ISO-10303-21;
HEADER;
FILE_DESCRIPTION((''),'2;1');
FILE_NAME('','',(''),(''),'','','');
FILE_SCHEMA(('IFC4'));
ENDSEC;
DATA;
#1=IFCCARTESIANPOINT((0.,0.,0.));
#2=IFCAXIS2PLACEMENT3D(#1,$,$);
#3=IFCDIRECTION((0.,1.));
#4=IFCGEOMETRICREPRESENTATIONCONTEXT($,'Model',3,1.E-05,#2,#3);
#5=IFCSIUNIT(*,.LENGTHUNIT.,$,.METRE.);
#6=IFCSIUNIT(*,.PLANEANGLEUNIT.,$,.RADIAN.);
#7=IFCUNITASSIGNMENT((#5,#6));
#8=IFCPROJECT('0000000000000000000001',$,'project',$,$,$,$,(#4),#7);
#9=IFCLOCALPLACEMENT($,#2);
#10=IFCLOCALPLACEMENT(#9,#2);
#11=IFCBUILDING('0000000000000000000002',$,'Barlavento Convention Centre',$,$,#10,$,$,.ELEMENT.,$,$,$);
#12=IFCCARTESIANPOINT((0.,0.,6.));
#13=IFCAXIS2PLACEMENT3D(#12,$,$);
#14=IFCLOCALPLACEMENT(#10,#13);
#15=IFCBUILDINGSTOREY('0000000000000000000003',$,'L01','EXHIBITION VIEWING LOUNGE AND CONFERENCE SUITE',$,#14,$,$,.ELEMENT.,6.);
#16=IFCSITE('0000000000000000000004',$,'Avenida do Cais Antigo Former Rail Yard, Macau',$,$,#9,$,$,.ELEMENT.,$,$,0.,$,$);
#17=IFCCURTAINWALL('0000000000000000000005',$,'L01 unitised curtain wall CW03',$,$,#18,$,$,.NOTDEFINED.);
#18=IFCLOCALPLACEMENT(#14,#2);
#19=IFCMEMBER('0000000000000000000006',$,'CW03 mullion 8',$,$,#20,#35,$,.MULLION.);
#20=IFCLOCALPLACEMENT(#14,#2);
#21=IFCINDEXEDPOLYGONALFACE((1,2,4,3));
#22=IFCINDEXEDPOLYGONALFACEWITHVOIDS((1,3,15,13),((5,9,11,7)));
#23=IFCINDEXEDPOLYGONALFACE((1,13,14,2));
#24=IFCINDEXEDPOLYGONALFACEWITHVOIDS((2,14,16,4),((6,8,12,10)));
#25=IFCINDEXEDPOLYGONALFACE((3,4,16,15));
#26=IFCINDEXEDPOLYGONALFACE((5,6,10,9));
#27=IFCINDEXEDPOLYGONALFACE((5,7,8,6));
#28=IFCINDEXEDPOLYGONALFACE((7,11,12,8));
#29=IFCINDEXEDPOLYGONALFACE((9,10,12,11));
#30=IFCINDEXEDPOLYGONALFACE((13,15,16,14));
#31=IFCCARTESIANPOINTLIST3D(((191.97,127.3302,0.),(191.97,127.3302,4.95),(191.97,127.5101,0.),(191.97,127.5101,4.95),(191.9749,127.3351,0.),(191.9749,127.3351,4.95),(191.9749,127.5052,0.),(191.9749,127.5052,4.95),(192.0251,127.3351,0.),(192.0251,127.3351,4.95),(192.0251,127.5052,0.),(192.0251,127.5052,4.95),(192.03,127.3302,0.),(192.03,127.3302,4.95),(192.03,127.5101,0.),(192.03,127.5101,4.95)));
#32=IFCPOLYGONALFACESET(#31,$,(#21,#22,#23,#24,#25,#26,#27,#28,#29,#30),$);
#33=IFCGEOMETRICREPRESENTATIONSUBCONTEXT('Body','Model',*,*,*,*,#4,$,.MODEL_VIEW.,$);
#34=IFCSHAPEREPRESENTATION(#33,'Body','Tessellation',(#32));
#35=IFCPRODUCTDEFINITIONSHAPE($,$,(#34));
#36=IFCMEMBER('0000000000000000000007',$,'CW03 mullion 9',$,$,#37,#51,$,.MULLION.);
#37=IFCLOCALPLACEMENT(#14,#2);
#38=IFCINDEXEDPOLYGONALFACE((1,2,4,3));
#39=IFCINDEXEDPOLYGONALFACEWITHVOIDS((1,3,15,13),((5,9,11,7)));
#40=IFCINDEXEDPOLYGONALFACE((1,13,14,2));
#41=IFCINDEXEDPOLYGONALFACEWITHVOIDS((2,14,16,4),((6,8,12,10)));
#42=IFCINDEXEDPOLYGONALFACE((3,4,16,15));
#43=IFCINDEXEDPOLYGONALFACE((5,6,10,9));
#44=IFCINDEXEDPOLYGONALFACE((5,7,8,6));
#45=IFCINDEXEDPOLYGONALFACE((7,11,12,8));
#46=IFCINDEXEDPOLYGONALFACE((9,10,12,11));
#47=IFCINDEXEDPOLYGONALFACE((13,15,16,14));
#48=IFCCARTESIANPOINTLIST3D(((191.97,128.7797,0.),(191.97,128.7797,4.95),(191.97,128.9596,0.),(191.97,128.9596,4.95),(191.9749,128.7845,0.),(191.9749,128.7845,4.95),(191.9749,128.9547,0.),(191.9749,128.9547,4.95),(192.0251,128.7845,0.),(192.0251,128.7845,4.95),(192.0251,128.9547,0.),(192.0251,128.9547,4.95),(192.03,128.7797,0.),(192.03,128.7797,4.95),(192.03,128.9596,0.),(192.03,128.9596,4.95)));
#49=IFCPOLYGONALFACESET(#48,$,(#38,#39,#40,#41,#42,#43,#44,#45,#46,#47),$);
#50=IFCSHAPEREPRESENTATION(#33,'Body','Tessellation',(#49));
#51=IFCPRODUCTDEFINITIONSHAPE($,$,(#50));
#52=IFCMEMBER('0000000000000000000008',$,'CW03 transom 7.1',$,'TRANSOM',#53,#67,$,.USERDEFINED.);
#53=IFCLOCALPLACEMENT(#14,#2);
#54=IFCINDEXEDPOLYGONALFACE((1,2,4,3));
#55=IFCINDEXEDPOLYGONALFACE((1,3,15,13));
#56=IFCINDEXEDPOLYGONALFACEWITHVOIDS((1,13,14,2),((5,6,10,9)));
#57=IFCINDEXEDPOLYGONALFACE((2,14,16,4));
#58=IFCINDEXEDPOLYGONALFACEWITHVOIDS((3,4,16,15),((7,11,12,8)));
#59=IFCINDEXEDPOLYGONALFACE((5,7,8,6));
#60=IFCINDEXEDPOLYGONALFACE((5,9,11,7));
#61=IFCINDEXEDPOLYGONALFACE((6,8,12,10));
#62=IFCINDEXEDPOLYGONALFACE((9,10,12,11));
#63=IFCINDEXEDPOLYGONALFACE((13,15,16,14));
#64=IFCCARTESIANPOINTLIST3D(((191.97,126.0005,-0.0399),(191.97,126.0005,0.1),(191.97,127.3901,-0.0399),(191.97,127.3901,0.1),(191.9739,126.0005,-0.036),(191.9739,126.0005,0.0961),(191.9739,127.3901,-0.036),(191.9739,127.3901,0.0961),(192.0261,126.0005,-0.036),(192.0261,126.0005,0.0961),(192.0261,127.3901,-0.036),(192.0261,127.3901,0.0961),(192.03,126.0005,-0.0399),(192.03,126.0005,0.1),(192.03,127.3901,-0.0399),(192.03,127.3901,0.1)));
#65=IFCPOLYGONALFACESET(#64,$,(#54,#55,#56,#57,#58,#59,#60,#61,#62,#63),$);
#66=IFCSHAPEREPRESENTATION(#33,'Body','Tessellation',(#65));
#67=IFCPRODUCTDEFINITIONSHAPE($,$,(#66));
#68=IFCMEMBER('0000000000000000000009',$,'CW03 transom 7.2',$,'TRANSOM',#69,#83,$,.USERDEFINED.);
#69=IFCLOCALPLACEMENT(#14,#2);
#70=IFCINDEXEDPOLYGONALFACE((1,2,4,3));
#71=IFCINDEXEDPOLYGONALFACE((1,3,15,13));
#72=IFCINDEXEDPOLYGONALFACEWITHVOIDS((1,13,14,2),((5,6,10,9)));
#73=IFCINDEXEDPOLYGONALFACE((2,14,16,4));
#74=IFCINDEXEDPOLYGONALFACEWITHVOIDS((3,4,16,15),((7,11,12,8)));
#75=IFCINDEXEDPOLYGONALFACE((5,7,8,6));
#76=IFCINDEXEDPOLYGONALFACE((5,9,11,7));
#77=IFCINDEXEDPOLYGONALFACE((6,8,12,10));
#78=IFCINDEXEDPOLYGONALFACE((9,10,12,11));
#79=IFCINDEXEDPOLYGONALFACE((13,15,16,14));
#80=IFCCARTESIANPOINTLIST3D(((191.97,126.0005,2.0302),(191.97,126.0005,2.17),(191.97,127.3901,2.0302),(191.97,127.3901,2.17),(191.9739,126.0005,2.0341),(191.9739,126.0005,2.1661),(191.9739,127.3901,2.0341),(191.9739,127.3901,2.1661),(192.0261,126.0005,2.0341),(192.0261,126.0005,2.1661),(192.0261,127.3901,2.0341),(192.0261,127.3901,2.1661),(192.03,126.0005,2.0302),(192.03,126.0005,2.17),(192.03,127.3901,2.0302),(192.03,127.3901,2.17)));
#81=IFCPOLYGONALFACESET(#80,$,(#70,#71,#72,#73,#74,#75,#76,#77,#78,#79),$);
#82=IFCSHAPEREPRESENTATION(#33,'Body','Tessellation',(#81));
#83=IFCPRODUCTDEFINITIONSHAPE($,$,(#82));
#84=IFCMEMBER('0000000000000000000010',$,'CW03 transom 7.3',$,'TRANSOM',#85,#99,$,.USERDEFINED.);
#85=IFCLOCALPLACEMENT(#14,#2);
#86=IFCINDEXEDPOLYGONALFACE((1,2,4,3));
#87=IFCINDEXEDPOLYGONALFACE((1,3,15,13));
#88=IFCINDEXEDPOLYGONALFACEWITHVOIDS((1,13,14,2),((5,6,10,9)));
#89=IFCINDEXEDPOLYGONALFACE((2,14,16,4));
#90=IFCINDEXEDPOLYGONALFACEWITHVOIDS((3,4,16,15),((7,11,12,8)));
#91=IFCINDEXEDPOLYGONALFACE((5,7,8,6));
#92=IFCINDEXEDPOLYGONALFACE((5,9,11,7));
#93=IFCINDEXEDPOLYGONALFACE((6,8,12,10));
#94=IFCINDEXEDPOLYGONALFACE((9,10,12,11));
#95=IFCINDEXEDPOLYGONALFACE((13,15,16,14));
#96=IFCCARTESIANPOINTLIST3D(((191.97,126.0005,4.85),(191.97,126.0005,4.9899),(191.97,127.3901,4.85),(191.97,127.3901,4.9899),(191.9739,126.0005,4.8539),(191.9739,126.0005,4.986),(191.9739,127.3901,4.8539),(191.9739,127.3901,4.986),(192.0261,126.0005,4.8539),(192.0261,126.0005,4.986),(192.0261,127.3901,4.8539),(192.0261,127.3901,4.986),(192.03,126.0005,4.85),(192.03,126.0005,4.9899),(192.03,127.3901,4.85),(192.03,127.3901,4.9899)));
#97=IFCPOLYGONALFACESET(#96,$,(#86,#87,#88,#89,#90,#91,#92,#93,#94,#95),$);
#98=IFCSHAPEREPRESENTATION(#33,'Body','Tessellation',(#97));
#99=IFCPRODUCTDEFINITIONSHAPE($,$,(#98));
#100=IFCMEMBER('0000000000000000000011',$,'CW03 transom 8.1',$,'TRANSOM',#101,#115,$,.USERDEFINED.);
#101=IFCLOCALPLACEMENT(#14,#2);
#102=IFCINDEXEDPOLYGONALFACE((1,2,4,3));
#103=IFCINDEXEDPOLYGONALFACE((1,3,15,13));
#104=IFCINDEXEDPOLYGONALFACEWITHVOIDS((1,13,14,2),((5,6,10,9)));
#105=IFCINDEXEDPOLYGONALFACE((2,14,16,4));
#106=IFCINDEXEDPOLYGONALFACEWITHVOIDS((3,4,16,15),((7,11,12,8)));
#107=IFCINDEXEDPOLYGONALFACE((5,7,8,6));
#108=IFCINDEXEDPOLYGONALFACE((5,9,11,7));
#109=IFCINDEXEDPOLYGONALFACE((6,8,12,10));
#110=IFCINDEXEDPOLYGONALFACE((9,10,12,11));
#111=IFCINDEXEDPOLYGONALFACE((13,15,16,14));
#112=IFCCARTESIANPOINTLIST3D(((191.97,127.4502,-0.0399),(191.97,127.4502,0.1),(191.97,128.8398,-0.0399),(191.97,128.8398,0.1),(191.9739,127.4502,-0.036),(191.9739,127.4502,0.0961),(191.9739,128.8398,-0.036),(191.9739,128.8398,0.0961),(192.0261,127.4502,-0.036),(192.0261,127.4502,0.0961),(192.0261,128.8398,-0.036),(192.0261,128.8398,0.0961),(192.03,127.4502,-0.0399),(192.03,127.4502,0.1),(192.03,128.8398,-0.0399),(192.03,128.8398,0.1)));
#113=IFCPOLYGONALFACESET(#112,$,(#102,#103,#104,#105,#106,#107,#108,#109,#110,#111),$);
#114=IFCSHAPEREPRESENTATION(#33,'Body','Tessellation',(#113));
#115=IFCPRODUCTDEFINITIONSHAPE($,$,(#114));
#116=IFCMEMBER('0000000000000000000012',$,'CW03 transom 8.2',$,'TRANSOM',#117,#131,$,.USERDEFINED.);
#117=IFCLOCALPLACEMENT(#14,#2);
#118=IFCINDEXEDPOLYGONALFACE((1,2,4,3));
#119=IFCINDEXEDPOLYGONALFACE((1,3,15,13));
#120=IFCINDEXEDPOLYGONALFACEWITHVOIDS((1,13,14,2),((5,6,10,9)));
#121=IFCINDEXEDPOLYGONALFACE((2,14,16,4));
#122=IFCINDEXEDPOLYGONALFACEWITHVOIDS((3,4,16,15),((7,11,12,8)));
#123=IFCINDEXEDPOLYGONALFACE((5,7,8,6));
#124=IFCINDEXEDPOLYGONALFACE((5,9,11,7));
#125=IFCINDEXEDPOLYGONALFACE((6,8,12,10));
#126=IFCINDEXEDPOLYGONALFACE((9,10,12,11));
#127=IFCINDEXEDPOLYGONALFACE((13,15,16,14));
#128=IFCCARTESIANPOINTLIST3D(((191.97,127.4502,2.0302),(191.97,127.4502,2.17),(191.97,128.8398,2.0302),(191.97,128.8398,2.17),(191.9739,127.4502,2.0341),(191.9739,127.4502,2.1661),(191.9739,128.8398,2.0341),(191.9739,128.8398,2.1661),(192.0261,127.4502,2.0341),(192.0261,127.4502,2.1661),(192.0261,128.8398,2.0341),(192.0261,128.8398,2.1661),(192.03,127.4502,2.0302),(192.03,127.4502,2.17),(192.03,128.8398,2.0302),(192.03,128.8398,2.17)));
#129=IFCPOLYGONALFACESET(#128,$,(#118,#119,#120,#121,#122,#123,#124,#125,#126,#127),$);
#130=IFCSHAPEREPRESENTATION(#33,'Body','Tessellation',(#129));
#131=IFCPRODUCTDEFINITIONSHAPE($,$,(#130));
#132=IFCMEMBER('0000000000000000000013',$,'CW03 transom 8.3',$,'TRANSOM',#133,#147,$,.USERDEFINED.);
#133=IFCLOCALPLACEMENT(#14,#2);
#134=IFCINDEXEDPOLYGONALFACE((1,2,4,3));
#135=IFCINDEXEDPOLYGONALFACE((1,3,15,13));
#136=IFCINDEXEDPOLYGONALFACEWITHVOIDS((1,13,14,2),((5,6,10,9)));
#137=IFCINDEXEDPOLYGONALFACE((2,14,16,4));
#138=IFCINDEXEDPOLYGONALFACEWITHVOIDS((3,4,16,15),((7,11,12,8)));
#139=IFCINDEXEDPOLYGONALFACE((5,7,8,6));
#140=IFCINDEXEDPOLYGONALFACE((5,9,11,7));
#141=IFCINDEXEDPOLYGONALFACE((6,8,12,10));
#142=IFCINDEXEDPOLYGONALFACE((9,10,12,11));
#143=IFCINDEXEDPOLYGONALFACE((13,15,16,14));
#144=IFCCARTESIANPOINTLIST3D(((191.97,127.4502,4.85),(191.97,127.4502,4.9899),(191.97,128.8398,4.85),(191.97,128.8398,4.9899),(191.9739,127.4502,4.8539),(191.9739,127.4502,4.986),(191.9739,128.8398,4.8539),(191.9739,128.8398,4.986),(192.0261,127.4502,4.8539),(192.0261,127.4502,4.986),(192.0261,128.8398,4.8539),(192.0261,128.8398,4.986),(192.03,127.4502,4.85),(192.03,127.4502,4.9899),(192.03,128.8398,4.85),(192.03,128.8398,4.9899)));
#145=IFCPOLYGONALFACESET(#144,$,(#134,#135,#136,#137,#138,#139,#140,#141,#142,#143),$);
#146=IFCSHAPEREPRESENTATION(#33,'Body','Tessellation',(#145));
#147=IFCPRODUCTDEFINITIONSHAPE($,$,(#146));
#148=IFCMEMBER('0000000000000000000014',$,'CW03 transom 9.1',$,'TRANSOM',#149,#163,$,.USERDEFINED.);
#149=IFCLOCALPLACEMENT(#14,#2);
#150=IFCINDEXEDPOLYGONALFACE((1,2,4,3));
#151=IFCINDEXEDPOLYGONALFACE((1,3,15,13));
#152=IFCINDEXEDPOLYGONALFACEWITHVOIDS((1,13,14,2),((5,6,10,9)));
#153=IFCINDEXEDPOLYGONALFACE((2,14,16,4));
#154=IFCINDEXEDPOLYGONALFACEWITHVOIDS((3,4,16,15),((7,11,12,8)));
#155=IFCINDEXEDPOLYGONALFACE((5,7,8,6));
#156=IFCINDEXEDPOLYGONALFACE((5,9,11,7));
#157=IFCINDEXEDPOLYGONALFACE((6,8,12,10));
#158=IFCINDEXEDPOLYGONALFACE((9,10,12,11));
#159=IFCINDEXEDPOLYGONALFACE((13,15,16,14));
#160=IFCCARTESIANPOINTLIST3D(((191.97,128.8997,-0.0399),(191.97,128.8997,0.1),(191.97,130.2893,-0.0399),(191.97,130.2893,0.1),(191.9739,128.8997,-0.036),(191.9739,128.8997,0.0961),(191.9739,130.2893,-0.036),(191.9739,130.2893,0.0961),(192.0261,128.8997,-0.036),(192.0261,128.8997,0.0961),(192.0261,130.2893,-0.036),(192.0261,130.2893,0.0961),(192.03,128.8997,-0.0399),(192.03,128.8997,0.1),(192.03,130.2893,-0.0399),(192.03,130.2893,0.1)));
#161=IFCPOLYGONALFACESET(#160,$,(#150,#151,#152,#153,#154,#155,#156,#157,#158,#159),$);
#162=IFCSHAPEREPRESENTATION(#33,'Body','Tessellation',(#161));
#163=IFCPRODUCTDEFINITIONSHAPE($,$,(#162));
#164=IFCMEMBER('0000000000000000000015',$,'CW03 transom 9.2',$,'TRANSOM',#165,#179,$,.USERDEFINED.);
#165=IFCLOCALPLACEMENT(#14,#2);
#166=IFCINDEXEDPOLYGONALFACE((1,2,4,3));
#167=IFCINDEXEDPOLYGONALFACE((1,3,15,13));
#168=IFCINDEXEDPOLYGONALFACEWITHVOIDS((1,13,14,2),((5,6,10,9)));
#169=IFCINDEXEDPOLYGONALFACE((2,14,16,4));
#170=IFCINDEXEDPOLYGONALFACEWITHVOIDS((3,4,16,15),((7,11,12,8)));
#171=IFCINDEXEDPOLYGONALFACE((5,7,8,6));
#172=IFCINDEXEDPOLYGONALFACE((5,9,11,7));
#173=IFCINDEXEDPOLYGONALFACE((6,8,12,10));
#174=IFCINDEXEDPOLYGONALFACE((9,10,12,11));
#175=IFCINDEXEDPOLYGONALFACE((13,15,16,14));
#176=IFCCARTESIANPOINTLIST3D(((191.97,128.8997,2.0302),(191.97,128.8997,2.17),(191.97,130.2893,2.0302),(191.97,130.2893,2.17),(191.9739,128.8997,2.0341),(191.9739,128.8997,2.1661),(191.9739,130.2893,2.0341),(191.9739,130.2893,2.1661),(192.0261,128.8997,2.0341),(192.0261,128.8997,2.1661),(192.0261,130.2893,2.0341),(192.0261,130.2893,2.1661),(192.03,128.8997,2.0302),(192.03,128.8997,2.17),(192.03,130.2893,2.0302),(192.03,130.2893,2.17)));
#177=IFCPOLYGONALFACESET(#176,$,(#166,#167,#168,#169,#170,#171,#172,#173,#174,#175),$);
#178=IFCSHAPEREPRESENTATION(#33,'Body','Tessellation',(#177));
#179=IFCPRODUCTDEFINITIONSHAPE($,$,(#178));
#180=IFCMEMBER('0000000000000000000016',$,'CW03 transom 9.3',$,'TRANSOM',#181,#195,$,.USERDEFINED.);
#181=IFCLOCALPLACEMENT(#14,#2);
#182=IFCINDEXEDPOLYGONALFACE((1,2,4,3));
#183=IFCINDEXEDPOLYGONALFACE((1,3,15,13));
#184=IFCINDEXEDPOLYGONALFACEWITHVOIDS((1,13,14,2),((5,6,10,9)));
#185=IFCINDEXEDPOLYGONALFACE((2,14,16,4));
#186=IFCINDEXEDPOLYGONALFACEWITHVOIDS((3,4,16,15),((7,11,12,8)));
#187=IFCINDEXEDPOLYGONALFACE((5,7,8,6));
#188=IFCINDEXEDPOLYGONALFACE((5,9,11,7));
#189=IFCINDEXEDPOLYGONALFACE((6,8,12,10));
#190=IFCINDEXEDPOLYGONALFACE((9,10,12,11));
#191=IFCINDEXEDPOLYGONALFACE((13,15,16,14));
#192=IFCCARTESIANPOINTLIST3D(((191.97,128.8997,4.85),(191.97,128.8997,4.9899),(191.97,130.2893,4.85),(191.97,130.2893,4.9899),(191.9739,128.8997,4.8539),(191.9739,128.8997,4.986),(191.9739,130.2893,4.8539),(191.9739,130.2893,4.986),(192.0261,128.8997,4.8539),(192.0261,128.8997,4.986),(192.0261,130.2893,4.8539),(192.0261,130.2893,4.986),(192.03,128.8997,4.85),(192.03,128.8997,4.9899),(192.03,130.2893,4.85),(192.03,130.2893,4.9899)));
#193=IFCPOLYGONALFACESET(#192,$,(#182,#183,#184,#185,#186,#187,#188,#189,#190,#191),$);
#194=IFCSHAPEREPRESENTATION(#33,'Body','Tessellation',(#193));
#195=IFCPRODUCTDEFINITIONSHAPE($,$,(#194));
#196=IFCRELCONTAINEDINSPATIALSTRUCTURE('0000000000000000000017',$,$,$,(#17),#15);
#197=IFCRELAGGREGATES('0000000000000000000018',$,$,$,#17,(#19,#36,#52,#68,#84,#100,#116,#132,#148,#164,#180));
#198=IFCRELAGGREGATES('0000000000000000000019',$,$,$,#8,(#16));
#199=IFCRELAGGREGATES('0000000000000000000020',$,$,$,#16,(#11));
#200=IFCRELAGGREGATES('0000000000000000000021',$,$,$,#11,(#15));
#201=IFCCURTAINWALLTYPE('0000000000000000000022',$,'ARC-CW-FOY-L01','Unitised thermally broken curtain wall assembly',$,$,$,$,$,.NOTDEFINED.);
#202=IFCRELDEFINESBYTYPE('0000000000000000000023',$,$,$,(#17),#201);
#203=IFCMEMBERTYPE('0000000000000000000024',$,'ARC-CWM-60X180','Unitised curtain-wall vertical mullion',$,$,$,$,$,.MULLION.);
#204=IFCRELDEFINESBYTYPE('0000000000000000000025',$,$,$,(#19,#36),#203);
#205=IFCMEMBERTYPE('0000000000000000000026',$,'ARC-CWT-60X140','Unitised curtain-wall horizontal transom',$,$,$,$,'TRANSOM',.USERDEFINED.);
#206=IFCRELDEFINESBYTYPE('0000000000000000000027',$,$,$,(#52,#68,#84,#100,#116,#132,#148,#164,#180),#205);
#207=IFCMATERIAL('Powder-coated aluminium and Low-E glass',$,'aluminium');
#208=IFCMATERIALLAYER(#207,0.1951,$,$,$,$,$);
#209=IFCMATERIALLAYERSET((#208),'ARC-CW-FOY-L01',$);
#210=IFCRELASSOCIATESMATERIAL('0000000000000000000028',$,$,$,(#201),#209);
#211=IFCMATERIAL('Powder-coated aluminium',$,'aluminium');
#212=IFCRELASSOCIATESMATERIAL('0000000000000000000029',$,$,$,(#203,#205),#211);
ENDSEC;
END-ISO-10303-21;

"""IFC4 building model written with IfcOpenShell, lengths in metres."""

from ifc_helpers import new_model, si_unit, direction, frame, origin, origin_2d, place, context, subcontext, project, spatial, hollow_rectangle, extrude, material, layer, layer_set, material_profile, profile_set, type_object, element, aggregate, save


model = new_model("IFC4")

# Units and contexts
model_context = context("Model", 3, precision=1e-05, world=origin(), true_north=direction((0.0, 1.0)))
body_context = subcontext(model_context, "Body", "Model", "MODEL_VIEW")
ifc_project = project(units=[si_unit("LENGTHUNIT", "METRE"), si_unit("PLANEANGLEUNIT", "RADIAN")], contexts=[model_context])

# Site, building, storey
site_placement = place(None, origin())
site = spatial("IfcSite", under=ifc_project, at=site_placement, Name="Avenida do Cais Antigo Former Rail Yard, Macau", CompositionType="ELEMENT", RefElevation=0.0)
building_placement = place(site_placement, origin())
building = spatial("IfcBuilding", under=site, at=building_placement, Name="Barlavento Convention Centre", CompositionType="ELEMENT")
storey_placement = place(building_placement, frame((0.0, 0.0, 6.0)))
storey = spatial("IfcBuildingStorey", under=building, at=storey_placement, Name="L01", Description="EXHIBITION VIEWING LOUNGE AND CONFERENCE SUITE", CompositionType="ELEMENT", Elevation=6.0)

# Curtain wall, members
ifc_material_1 = material(Name="Powder-coated aluminium and Low-E glass", Category="aluminium")
ifc_layer_1 = layer(ifc_material_1, 0.1951)
ifc_layer_set_1 = layer_set([ifc_layer_1], Name="ARC-CW-FOY-L01")
curtain_wall_type = type_object("IfcCurtainWallType", Name="ARC-CW-FOY-L01", Description="Unitised thermally broken curtain wall assembly", PredefinedType="NOTDEFINED", material=ifc_layer_set_1)
curtain_wall_placement = place(storey_placement, origin())
curtain_wall = element("IfcCurtainWall", 1, at=curtain_wall_placement, inside=storey, type_object=curtain_wall_type, Name="L01 unitised curtain wall CW03", PredefinedType="NOTDEFINED")
ifc_material_2 = material(Name="Powder-coated aluminium", Category="aluminium")
ifc_material_profile_1 = material_profile(ifc_material_2, hollow_rectangle(XDim=0.0601, YDim=0.1799, WallThickness=0.0049, at=origin_2d()), Name="AL-MULL 60x180x5")
ifc_profile_set_1 = profile_set([ifc_material_profile_1], Name="Powder-coated aluminium")
member_type_1 = type_object("IfcMemberType", Name="ARC-CWM-60X180", Description="Unitised curtain-wall vertical mullion", PredefinedType="MULLION", material=ifc_profile_set_1)
member_1_placement = place(storey_placement, frame((192.0, 127.4202, 0.0), z_axis=(0.0, 0.0, 1.0), x_axis=(-1.0, 0.0, 0.0)))
member_1 = element("IfcMember", 2, at=member_1_placement, type_object=member_type_1, Name="CW03 mullion 8", PredefinedType="MULLION", context=body_context, shape_type="SweptSolid", body=[
    extrude(hollow_rectangle(XDim=0.0601, YDim=0.1799, WallThickness=0.0049, at=origin_2d()), origin(), (0.0, 0.0, 1.0), 4.95),
])
member_2_placement = place(storey_placement, frame((192.0, 128.8696, 0.0), z_axis=(0.0, 0.0, 1.0), x_axis=(-1.0, 0.0, 0.0)))
member_2 = element("IfcMember", 3, at=member_2_placement, type_object=member_type_1, Name="CW03 mullion 9", PredefinedType="MULLION", context=body_context, shape_type="SweptSolid", body=[
    extrude(hollow_rectangle(XDim=0.0601, YDim=0.1799, WallThickness=0.0049, at=origin_2d()), origin(), (0.0, 0.0, 1.0), 4.95),
])
ifc_material_profile_2 = material_profile(ifc_material_2, hollow_rectangle(XDim=0.0601, YDim=0.1399, WallThickness=0.0039, at=origin_2d()), Name="AL-TRAN 60x140x4")
ifc_profile_set_2 = profile_set([ifc_material_profile_2], Name="Powder-coated aluminium")
member_type_2 = type_object("IfcMemberType", Name="ARC-CWT-60X140", Description="Unitised curtain-wall horizontal transom", ElementType="TRANSOM", PredefinedType="USERDEFINED", material=ifc_profile_set_2)
member_3_placement = place(storey_placement, frame((192.0, 126.0005, 0.03), z_axis=(0.0, 1.0, 0.0), x_axis=(-1.0, 0.0, 0.0)))
member_3 = element("IfcMember", 4, at=member_3_placement, type_object=member_type_2, Name="CW03 transom 7.1", ObjectType="TRANSOM", PredefinedType="USERDEFINED", context=body_context, shape_type="SweptSolid", body=[
    extrude(hollow_rectangle(XDim=0.0601, YDim=0.1399, WallThickness=0.0039, at=origin_2d()), origin(), (0.0, 0.0, 1.0), 1.3896),
])
member_4_placement = place(storey_placement, frame((192.0, 126.0005, 2.1001), z_axis=(0.0, 1.0, 0.0), x_axis=(-1.0, 0.0, 0.0)))
member_4 = element("IfcMember", 5, at=member_4_placement, type_object=member_type_2, Name="CW03 transom 7.2", ObjectType="TRANSOM", PredefinedType="USERDEFINED", context=body_context, shape_type="SweptSolid", body=[
    extrude(hollow_rectangle(XDim=0.0601, YDim=0.1399, WallThickness=0.0039, at=origin_2d()), origin(), (0.0, 0.0, 1.0), 1.3896),
])
member_5_placement = place(storey_placement, frame((192.0, 126.0005, 4.9199), z_axis=(0.0, 1.0, 0.0), x_axis=(-1.0, 0.0, 0.0)))
member_5 = element("IfcMember", 6, at=member_5_placement, type_object=member_type_2, Name="CW03 transom 7.3", ObjectType="TRANSOM", PredefinedType="USERDEFINED", context=body_context, shape_type="SweptSolid", body=[
    extrude(hollow_rectangle(XDim=0.0601, YDim=0.1399, WallThickness=0.0039, at=origin_2d()), origin(), (0.0, 0.0, 1.0), 1.3896),
])
member_6_placement = place(storey_placement, frame((192.0, 127.4502, 0.03), z_axis=(0.0, 1.0, 0.0), x_axis=(-1.0, 0.0, 0.0)))
member_6 = element("IfcMember", 7, at=member_6_placement, type_object=member_type_2, Name="CW03 transom 8.1", ObjectType="TRANSOM", PredefinedType="USERDEFINED", context=body_context, shape_type="SweptSolid", body=[
    extrude(hollow_rectangle(XDim=0.0601, YDim=0.1399, WallThickness=0.0039, at=origin_2d()), origin(), (0.0, 0.0, 1.0), 1.3896),
])
member_7_placement = place(storey_placement, frame((192.0, 127.4502, 2.1001), z_axis=(0.0, 1.0, 0.0), x_axis=(-1.0, 0.0, 0.0)))
member_7 = element("IfcMember", 8, at=member_7_placement, type_object=member_type_2, Name="CW03 transom 8.2", ObjectType="TRANSOM", PredefinedType="USERDEFINED", context=body_context, shape_type="SweptSolid", body=[
    extrude(hollow_rectangle(XDim=0.0601, YDim=0.1399, WallThickness=0.0039, at=origin_2d()), origin(), (0.0, 0.0, 1.0), 1.3896),
])
member_8_placement = place(storey_placement, frame((192.0, 127.4502, 4.9199), z_axis=(0.0, 1.0, 0.0), x_axis=(-1.0, 0.0, 0.0)))
member_8 = element("IfcMember", 9, at=member_8_placement, type_object=member_type_2, Name="CW03 transom 8.3", ObjectType="TRANSOM", PredefinedType="USERDEFINED", context=body_context, shape_type="SweptSolid", body=[
    extrude(hollow_rectangle(XDim=0.0601, YDim=0.1399, WallThickness=0.0039, at=origin_2d()), origin(), (0.0, 0.0, 1.0), 1.3896),
])
member_9_placement = place(storey_placement, frame((192.0, 128.8997, 0.03), z_axis=(0.0, 1.0, 0.0), x_axis=(-1.0, 0.0, 0.0)))
member_9 = element("IfcMember", 10, at=member_9_placement, type_object=member_type_2, Name="CW03 transom 9.1", ObjectType="TRANSOM", PredefinedType="USERDEFINED", context=body_context, shape_type="SweptSolid", body=[
    extrude(hollow_rectangle(XDim=0.0601, YDim=0.1399, WallThickness=0.0039, at=origin_2d()), origin(), (0.0, 0.0, 1.0), 1.3896),
])
member_10_placement = place(storey_placement, frame((192.0, 128.8997, 2.1001), z_axis=(0.0, 1.0, 0.0), x_axis=(-1.0, 0.0, 0.0)))
member_10 = element("IfcMember", 11, at=member_10_placement, type_object=member_type_2, Name="CW03 transom 9.2", ObjectType="TRANSOM", PredefinedType="USERDEFINED", context=body_context, shape_type="SweptSolid", body=[
    extrude(hollow_rectangle(XDim=0.0601, YDim=0.1399, WallThickness=0.0039, at=origin_2d()), origin(), (0.0, 0.0, 1.0), 1.3896),
])
member_11_placement = place(storey_placement, frame((192.0, 128.8997, 4.9199), z_axis=(0.0, 1.0, 0.0), x_axis=(-1.0, 0.0, 0.0)))
member_11 = element("IfcMember", 12, at=member_11_placement, type_object=member_type_2, Name="CW03 transom 9.3", ObjectType="TRANSOM", PredefinedType="USERDEFINED", context=body_context, shape_type="SweptSolid", body=[
    extrude(hollow_rectangle(XDim=0.0601, YDim=0.1399, WallThickness=0.0039, at=origin_2d()), origin(), (0.0, 0.0, 1.0), 1.3896),
])
aggregate(curtain_wall, [member_1, member_2, member_3, member_4, member_5, member_6, member_7, member_8, member_9, member_10, member_11])

save(model, "model.ifc")
